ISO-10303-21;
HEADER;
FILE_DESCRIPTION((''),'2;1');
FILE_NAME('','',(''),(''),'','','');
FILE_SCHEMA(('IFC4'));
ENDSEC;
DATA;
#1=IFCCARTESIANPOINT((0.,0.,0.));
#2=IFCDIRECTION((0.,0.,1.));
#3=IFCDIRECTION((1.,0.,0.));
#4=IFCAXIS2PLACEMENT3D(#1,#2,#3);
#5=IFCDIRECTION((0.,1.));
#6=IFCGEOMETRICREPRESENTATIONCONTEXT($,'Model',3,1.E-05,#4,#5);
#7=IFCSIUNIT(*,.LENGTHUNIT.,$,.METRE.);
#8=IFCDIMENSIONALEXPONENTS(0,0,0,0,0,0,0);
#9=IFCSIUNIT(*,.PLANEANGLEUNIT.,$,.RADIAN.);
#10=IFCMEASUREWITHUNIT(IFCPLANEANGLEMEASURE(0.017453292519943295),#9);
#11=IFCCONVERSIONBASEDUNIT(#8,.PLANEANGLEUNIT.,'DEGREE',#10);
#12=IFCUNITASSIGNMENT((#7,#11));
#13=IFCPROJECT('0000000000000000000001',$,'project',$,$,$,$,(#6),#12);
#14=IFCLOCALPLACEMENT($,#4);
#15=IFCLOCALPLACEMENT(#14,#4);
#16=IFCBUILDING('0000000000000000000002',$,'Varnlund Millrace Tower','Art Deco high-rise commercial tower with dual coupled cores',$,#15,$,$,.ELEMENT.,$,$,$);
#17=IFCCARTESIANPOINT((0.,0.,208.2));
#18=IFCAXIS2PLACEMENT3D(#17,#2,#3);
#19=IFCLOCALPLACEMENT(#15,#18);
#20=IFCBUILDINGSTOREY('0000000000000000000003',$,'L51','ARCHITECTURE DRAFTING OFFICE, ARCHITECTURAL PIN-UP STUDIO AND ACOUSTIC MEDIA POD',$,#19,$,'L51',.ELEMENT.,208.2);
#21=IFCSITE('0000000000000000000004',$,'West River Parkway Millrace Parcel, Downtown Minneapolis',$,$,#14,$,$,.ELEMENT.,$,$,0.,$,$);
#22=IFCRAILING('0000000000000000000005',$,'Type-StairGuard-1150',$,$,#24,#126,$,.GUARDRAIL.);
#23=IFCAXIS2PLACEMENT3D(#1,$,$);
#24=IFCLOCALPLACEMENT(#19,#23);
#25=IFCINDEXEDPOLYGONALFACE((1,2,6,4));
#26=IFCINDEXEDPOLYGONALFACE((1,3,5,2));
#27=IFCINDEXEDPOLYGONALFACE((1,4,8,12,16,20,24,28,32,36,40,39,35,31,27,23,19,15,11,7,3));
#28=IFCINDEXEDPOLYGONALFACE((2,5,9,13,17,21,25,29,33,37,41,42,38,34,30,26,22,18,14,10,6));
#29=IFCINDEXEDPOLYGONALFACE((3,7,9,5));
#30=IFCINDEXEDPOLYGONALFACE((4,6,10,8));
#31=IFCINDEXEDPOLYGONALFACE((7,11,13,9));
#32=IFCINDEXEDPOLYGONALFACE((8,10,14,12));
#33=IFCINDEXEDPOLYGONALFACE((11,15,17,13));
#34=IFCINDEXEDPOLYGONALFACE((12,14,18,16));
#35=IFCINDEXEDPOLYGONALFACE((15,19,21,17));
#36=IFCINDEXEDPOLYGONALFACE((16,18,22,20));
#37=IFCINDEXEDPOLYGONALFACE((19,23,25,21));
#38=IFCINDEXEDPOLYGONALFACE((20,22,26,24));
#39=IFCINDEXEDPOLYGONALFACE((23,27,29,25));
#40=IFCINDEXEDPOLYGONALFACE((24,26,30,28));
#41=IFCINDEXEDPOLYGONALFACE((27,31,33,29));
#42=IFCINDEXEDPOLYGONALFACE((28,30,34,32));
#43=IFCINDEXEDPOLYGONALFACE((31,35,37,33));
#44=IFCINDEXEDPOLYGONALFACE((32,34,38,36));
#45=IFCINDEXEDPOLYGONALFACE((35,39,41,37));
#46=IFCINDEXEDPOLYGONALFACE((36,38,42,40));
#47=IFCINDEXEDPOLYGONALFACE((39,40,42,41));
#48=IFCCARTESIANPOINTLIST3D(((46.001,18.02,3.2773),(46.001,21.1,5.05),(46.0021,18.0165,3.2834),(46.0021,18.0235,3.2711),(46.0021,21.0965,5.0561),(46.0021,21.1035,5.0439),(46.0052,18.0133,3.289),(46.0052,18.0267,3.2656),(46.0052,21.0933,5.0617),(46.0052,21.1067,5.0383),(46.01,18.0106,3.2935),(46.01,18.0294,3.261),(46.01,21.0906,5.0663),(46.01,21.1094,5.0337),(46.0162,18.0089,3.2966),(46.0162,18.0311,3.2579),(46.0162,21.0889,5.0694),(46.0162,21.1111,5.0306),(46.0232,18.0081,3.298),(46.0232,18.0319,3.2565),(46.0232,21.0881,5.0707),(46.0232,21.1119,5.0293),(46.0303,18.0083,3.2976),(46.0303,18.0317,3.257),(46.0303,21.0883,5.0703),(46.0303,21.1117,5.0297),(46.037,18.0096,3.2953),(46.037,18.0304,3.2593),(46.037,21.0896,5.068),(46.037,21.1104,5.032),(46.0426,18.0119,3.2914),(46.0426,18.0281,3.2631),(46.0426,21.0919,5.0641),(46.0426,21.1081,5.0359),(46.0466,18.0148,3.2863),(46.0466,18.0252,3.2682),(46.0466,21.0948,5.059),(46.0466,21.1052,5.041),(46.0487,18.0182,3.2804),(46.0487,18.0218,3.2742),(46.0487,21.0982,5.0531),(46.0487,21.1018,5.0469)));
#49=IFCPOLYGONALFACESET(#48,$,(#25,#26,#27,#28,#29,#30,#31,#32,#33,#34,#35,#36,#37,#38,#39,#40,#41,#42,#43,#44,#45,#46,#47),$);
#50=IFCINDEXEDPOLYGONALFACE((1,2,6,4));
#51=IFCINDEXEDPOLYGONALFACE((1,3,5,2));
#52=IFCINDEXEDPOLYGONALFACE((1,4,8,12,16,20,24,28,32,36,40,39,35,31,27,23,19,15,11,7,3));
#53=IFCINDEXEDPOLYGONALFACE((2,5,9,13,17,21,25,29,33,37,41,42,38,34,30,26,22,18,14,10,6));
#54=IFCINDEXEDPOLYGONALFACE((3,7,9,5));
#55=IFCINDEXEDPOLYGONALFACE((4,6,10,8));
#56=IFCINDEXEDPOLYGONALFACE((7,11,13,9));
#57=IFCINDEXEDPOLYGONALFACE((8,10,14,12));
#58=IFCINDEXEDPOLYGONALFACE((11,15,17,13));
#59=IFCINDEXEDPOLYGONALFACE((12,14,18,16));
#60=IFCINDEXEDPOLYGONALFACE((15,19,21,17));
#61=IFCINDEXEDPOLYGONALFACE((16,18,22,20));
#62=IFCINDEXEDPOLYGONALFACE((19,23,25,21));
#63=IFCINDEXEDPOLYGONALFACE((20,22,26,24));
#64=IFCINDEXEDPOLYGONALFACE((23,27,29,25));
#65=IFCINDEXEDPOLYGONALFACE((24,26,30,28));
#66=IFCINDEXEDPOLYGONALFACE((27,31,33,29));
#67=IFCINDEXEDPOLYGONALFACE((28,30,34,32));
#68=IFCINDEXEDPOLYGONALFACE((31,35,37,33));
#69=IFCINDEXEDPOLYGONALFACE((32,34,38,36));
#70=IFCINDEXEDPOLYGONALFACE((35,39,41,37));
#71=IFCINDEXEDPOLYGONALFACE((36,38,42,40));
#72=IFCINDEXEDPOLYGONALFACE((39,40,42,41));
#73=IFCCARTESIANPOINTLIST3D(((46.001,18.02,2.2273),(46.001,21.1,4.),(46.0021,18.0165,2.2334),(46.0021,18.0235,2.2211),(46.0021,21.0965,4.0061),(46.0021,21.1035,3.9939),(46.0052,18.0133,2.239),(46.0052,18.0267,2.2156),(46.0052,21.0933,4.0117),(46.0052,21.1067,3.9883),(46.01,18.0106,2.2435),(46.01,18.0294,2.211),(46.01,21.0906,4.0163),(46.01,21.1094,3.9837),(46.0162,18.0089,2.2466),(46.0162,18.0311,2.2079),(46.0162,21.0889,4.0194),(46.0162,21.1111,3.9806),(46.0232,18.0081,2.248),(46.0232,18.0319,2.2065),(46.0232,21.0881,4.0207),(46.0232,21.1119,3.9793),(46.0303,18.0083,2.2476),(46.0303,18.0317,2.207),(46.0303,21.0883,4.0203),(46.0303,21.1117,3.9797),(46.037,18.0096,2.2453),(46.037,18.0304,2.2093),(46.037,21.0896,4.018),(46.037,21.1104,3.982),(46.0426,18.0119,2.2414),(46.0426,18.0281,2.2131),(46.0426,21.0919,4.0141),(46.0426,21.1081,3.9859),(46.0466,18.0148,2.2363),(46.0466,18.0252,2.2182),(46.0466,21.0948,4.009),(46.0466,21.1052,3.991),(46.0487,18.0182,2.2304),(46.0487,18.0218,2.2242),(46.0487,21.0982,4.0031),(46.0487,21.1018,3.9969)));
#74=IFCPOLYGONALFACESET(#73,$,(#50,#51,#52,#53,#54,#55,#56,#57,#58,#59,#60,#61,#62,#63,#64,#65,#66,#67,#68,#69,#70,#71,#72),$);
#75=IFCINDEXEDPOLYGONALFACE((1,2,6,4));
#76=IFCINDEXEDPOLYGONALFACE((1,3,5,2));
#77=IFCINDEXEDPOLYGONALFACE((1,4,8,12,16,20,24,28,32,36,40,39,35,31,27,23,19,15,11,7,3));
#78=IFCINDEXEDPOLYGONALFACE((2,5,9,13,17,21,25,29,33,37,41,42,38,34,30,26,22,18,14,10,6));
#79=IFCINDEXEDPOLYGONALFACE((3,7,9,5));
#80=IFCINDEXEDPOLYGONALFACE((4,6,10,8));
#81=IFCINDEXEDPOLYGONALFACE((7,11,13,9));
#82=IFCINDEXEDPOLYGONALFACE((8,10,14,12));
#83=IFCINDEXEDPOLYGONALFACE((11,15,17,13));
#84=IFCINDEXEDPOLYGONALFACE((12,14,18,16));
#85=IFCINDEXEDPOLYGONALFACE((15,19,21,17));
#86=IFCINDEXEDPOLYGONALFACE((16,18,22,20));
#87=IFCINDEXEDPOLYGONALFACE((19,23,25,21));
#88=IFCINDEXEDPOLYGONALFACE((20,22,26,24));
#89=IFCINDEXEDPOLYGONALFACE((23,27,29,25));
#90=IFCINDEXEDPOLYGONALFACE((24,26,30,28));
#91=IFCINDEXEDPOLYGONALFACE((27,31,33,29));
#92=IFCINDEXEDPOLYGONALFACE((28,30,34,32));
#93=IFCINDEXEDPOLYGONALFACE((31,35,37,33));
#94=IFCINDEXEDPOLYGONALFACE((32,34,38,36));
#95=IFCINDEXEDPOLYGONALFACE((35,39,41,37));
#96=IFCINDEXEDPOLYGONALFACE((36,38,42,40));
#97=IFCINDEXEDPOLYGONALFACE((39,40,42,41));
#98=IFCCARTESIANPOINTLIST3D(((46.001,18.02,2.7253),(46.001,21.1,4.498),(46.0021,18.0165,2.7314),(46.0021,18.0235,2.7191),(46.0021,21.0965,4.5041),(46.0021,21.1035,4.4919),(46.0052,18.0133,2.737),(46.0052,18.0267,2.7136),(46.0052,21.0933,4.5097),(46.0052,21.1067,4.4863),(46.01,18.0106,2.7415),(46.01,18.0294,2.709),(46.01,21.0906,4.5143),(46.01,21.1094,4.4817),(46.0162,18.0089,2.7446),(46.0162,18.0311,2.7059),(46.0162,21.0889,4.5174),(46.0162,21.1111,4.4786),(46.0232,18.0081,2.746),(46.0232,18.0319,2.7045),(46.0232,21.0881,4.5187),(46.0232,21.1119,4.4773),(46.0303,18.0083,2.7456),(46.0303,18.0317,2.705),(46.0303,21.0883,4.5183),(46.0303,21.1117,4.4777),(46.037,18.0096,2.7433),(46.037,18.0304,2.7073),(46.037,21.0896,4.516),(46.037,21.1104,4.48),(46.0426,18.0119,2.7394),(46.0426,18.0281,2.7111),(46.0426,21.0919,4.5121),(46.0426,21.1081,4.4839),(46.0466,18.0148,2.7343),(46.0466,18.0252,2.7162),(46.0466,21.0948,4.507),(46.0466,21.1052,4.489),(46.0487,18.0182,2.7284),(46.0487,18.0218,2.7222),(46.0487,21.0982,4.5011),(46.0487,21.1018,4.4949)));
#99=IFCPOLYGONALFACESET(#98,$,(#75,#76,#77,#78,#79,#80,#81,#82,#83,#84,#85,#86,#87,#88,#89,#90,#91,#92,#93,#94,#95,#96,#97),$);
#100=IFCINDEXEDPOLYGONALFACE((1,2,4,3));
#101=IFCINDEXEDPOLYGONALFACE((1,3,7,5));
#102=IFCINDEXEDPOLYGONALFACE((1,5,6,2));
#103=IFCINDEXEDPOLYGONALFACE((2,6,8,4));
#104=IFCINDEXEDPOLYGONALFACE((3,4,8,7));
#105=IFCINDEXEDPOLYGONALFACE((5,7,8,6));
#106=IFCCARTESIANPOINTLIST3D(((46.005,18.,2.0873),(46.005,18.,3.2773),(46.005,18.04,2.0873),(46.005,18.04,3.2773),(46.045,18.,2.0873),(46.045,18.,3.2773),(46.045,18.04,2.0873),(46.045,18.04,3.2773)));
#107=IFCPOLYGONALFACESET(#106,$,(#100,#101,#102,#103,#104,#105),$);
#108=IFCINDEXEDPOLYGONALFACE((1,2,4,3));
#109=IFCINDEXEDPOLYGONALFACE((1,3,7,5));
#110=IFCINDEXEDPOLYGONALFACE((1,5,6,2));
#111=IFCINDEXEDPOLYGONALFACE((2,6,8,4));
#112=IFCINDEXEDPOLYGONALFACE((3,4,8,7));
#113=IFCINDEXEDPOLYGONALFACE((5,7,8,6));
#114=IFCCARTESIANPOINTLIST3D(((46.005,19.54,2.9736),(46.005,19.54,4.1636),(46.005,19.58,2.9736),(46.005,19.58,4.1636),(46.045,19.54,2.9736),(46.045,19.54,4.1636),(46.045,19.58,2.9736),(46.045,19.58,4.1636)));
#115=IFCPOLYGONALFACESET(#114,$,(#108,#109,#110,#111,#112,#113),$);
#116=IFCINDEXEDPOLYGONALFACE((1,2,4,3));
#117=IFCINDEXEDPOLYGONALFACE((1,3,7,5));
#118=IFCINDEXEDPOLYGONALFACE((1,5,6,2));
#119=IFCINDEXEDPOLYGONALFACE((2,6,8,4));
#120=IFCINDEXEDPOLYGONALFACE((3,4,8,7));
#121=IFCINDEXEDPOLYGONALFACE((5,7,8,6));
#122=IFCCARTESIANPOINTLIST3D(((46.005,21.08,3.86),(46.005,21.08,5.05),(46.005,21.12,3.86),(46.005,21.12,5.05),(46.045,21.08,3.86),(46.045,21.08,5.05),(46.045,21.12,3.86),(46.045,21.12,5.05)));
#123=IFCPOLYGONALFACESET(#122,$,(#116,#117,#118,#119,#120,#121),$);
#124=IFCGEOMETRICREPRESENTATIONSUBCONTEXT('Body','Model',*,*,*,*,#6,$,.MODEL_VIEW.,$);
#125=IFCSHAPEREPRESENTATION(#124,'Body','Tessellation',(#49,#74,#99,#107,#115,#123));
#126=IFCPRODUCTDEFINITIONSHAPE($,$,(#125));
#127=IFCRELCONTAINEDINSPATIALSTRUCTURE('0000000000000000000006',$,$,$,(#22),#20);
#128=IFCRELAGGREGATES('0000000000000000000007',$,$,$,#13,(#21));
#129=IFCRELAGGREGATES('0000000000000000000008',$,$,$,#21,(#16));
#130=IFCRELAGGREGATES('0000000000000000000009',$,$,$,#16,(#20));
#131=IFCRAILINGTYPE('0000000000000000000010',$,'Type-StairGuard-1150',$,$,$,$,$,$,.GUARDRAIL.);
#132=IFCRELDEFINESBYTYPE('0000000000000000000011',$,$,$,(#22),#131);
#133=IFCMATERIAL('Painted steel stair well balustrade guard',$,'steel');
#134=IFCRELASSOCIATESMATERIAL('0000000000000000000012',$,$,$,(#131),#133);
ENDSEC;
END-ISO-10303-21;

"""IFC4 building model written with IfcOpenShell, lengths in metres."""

from ifc_helpers import new_model, entity, si_unit, converted_unit, direction, frame, origin_with_axes, origin_2d_with_axis, place, context, subcontext, project, spatial, rectangle, circle, extrude, material, type_object, element, save


model = new_model("IFC4")

# Units and contexts
model_context = context("Model", 3, precision=1e-05, world=origin_with_axes(), true_north=direction((0.0, 1.0)))
body_context = subcontext(model_context, "Body", "Model", "MODEL_VIEW")
ifc_project = project(units=[si_unit("LENGTHUNIT", "METRE"), converted_unit("PLANEANGLEUNIT", "DEGREE", entity("IfcPlaneAngleMeasure", 0.017453292519943295), si_unit("PLANEANGLEUNIT", "RADIAN"), dimensions=[0, 0, 0, 0, 0, 0, 0])], contexts=[model_context])

# Site, building, storey
site_placement = place(None, origin_with_axes())
site = spatial("IfcSite", under=ifc_project, at=site_placement, Name="West River Parkway Millrace Parcel, Downtown Minneapolis", CompositionType="ELEMENT", RefElevation=0.0)
building_placement = place(site_placement, origin_with_axes())
building = spatial("IfcBuilding", under=site, at=building_placement, Name="Varnlund Millrace Tower", Description="Art Deco high-rise commercial tower with dual coupled cores", CompositionType="ELEMENT")
storey_placement = place(building_placement, frame((0.0, 0.0, 208.2), z_axis=(0.0, 0.0, 1.0), x_axis=(1.0, 0.0, 0.0)))
storey = spatial("IfcBuildingStorey", under=building, at=storey_placement, Name="L51", Description="ARCHITECTURE DRAFTING OFFICE, ARCHITECTURAL PIN-UP STUDIO AND ACOUSTIC MEDIA POD", LongName="L51", CompositionType="ELEMENT", Elevation=208.2)

# Railing
ifc_material_1 = material(Name="Painted steel stair well balustrade guard", Category="steel")
railing_type_1 = type_object("IfcRailingType", Name="Type-StairGuard-1150", PredefinedType="GUARDRAIL", material=ifc_material_1)
railing_1_placement = place(storey_placement, frame((0.0, 0.0, -208.2), z_axis=(0.0, 0.0, 1.0), x_axis=(1.0, 0.0, 0.0)))
element("IfcRailing", 1, at=railing_1_placement, inside=storey, type_object=railing_type_1, Name="Type-StairGuard-1150", PredefinedType="GUARDRAIL", context=body_context, shape_type="SweptSolid", body=[
    extrude(circle(Radius=0.024, at=origin_2d_with_axis()), frame((46.025, 18.02, 211.4773), z_axis=(0.0, 0.866696, 0.498836), x_axis=(-1.0, 0.0, 0.0)), (0.0, 0.0, 1.0), 3.5537),
    extrude(circle(Radius=0.024, at=origin_2d_with_axis()), frame((46.025, 18.02, 210.4273), z_axis=(0.0, 0.866696, 0.498836), x_axis=(-1.0, 0.0, 0.0)), (0.0, 0.0, 1.0), 3.5537),
    extrude(circle(Radius=0.024, at=origin_2d_with_axis()), frame((46.025, 18.02, 210.9253), z_axis=(0.0, 0.866696, 0.498836), x_axis=(-1.0, 0.0, 0.0)), (0.0, 0.0, 1.0), 3.5537),
    extrude(rectangle(XDim=0.04, YDim=0.04, at=origin_2d_with_axis()), frame((46.025, 18.02, 210.2873), z_axis=(0.0, 0.0, 1.0), x_axis=(1.0, 0.0, 0.0)), (0.0, 0.0, 1.0), 1.19),
    extrude(rectangle(XDim=0.04, YDim=0.04, at=origin_2d_with_axis()), frame((46.025, 19.56, 211.1736), z_axis=(0.0, 0.0, 1.0), x_axis=(1.0, 0.0, 0.0)), (0.0, 0.0, 1.0), 1.19),
    extrude(rectangle(XDim=0.04, YDim=0.04, at=origin_2d_with_axis()), frame((46.025, 21.1, 212.06), z_axis=(0.0, 0.0, 1.0), x_axis=(1.0, 0.0, 0.0)), (0.0, 0.0, 1.0), 1.19),
])

save(model, "model.ifc")
